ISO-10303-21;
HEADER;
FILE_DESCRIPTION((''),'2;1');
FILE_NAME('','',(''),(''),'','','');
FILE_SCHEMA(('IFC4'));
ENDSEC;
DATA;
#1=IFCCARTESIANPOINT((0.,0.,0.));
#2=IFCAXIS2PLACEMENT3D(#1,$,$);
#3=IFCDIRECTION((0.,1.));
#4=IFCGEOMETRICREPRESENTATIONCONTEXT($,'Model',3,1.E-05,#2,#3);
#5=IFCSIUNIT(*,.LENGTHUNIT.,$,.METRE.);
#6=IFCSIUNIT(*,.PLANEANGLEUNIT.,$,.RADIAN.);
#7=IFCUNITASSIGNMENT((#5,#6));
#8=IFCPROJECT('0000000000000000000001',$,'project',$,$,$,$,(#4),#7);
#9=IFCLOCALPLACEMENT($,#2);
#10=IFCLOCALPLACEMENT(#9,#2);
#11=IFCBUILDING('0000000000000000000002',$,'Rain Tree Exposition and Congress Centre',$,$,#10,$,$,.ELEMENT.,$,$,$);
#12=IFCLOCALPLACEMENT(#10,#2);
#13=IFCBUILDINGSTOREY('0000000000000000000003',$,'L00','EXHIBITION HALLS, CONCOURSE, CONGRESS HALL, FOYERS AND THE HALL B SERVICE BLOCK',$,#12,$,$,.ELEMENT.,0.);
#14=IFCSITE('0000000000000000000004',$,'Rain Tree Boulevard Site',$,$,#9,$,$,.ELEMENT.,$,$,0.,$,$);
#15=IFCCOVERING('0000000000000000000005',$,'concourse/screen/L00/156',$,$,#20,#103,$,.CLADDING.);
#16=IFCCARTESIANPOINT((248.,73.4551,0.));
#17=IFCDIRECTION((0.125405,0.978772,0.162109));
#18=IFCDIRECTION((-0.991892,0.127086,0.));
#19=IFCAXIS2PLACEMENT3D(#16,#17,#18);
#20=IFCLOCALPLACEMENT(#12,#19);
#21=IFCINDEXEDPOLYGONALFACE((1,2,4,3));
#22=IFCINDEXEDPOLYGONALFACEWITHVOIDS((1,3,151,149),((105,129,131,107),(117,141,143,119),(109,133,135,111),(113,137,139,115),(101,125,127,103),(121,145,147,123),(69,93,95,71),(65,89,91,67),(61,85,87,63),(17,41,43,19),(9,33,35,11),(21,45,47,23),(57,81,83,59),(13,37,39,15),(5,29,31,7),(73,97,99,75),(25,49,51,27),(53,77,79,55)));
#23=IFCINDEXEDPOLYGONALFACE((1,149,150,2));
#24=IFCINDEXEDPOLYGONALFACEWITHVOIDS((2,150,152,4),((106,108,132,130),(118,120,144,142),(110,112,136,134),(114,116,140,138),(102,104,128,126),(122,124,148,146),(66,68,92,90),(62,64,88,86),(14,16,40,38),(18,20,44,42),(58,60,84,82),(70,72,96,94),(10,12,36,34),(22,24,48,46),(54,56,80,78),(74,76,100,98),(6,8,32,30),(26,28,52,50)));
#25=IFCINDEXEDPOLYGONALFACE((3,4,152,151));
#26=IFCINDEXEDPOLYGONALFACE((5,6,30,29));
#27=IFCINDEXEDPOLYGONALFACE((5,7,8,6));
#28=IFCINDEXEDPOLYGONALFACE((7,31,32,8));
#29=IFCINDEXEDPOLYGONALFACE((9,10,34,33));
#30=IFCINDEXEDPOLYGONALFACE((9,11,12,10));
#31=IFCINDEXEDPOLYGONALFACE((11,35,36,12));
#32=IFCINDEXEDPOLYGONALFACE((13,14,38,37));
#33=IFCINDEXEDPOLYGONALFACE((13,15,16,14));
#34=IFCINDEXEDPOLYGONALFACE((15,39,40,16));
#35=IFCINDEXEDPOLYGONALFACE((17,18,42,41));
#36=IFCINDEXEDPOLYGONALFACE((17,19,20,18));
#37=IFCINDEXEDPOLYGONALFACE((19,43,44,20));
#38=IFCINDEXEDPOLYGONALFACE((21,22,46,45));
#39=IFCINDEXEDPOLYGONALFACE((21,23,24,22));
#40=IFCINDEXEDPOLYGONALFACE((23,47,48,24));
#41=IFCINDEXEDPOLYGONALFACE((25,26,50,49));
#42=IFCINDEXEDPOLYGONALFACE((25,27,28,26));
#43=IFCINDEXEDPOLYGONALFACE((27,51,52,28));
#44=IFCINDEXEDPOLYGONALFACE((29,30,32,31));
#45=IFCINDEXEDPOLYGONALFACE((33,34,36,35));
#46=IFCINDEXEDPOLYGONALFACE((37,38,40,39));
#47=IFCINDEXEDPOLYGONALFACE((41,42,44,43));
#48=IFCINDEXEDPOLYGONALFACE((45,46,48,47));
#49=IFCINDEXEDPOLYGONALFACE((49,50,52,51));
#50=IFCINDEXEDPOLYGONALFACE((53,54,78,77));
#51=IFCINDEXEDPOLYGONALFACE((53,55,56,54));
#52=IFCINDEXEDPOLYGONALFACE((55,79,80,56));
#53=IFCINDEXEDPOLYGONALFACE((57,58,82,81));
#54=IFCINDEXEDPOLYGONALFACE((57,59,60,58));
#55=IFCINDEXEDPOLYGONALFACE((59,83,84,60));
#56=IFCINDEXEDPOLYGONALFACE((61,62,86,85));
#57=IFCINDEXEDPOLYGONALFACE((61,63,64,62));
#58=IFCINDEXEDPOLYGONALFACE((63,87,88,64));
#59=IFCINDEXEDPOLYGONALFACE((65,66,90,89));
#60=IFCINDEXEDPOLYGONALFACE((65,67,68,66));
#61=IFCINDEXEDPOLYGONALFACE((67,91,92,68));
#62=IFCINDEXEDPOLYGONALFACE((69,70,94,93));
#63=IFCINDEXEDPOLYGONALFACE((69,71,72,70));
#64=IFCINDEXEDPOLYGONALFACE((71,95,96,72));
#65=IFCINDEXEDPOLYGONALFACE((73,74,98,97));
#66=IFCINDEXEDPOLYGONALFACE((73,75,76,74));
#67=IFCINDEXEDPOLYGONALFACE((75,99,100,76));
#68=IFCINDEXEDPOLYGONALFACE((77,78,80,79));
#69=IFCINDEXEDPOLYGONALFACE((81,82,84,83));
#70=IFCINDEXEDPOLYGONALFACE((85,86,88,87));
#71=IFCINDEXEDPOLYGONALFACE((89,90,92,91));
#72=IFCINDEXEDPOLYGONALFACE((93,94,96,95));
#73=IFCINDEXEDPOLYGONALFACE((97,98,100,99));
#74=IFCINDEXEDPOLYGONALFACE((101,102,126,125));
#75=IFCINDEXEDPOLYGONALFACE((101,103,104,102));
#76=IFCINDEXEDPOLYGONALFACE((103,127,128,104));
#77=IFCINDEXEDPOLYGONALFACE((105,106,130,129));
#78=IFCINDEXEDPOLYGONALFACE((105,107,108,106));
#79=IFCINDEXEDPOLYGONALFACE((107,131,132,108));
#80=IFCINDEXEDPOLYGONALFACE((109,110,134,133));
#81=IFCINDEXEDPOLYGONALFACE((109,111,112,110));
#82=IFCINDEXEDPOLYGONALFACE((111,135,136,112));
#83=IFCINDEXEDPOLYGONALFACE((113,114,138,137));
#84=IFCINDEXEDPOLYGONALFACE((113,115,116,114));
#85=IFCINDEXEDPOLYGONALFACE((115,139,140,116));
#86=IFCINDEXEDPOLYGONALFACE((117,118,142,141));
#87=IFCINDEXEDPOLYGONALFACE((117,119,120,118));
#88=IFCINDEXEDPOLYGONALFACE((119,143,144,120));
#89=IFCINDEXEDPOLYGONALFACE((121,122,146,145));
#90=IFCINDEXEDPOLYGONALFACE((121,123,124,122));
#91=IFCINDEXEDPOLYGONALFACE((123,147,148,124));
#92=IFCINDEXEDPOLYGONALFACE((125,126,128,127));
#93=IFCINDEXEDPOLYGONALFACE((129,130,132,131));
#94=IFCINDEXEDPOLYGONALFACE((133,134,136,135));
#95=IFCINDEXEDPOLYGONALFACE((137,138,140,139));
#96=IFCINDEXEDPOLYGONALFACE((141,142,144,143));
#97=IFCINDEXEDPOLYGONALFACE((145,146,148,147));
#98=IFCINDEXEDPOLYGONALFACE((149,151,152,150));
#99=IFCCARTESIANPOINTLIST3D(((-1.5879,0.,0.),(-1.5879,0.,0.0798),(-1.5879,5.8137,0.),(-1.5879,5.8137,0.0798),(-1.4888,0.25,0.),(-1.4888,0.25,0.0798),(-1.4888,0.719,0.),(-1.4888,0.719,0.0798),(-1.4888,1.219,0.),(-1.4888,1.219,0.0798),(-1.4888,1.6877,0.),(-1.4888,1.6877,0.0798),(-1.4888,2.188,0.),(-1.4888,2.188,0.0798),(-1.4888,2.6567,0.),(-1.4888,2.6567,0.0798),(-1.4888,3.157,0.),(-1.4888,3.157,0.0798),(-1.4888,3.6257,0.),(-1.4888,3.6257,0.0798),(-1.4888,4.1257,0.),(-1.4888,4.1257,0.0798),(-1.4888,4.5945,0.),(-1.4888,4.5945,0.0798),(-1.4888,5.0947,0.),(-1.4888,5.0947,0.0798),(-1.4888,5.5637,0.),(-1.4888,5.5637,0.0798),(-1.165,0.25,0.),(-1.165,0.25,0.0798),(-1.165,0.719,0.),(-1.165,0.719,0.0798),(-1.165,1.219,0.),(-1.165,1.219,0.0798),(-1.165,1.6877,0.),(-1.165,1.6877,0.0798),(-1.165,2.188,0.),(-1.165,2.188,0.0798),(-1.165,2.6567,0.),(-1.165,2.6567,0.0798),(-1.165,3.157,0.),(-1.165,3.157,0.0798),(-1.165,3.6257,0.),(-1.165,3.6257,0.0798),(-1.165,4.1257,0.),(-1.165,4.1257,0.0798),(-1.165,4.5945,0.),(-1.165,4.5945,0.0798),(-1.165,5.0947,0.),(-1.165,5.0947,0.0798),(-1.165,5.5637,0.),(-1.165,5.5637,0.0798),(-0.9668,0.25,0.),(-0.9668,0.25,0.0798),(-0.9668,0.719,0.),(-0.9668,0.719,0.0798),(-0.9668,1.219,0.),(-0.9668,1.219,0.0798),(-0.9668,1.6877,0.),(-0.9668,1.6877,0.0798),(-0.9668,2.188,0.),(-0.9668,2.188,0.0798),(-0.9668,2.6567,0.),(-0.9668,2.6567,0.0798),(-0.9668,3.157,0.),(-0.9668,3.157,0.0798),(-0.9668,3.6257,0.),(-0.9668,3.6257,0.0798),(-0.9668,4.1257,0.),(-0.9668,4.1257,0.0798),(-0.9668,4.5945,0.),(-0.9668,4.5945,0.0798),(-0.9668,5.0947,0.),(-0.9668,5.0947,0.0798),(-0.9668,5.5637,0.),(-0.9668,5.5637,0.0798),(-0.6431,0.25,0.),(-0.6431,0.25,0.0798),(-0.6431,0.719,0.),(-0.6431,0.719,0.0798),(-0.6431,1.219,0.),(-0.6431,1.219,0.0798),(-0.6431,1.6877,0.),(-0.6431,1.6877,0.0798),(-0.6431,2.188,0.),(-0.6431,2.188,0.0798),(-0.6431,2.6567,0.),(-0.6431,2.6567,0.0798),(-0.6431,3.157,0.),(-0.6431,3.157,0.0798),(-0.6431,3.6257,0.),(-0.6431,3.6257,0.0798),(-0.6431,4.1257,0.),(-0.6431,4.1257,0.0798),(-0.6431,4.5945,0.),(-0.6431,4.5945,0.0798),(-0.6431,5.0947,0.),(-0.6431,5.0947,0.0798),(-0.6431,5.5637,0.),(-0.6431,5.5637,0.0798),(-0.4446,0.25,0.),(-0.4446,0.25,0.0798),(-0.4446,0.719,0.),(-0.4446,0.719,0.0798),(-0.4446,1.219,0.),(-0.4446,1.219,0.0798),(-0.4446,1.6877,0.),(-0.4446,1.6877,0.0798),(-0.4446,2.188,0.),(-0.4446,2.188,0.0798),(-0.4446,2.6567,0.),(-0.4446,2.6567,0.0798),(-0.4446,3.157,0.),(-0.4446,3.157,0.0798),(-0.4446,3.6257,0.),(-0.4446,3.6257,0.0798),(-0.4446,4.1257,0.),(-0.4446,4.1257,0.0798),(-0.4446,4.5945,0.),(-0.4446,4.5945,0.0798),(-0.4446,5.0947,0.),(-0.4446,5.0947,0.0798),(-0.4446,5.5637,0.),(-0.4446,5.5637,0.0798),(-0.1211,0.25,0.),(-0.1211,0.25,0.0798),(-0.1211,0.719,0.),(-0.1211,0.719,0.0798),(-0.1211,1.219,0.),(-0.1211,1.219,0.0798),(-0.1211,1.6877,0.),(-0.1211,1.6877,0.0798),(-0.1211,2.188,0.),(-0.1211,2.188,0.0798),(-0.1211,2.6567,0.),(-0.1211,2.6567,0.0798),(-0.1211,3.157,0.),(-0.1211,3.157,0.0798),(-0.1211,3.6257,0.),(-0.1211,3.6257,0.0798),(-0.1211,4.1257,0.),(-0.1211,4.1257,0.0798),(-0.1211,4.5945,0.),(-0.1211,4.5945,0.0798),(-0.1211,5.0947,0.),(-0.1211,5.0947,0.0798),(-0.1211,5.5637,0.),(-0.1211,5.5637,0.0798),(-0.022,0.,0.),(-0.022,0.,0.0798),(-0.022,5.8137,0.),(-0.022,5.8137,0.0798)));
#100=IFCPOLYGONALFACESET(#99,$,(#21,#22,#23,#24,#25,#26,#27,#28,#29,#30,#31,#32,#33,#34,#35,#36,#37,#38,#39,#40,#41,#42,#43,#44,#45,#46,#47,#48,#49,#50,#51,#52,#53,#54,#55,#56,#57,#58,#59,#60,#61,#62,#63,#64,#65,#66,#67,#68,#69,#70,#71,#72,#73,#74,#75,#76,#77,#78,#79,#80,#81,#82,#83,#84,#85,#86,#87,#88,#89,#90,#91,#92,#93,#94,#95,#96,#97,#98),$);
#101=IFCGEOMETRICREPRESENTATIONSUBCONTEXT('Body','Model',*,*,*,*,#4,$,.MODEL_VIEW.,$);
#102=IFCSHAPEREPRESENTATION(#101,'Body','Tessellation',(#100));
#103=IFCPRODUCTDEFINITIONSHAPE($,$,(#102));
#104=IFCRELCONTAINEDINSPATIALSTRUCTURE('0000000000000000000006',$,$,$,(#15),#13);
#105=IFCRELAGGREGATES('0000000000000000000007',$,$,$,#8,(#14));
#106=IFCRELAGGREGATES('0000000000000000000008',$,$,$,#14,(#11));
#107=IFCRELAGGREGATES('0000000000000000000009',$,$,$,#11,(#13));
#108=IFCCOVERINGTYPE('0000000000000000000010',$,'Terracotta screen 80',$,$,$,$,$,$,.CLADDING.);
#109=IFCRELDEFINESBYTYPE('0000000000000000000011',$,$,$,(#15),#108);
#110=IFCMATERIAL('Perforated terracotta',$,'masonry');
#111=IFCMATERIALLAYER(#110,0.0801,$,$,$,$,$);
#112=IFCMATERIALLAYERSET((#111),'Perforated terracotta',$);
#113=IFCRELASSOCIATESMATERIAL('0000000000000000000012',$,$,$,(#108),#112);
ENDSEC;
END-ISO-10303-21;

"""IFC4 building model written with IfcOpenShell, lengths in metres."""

from ifc_helpers import new_model, si_unit, direction, frame, origin, place, context, subcontext, project, spatial, polyline, outline, extrude, material, layer, layer_set, type_object, element, save


model = new_model("IFC4")

# Units and contexts
model_context = context("Model", 3, precision=1e-05, world=origin(), true_north=direction((0.0, 1.0)))
body_context = subcontext(model_context, "Body", "Model", "MODEL_VIEW")
ifc_project = project(units=[si_unit("LENGTHUNIT", "METRE"), si_unit("PLANEANGLEUNIT", "RADIAN")], contexts=[model_context])

# Site, building, storey
site_placement = place(None, origin())
site = spatial("IfcSite", under=ifc_project, at=site_placement, Name="Rain Tree Boulevard Site", CompositionType="ELEMENT", RefElevation=0.0)
building_placement = place(site_placement, origin())
building = spatial("IfcBuilding", under=site, at=building_placement, Name="Rain Tree Exposition and Congress Centre", CompositionType="ELEMENT")
storey_placement = place(building_placement, origin())
storey = spatial("IfcBuildingStorey", under=building, at=storey_placement, Name="L00", Description="EXHIBITION HALLS, CONCOURSE, CONGRESS HALL, FOYERS AND THE HALL B SERVICE BLOCK", CompositionType="ELEMENT", Elevation=0.0)

# Covering
ifc_material_1 = material(Name="Perforated terracotta", Category="masonry")
ifc_layer_1 = layer(ifc_material_1, 0.0801)
ifc_layer_set_1 = layer_set([ifc_layer_1], Name="Perforated terracotta")
covering_type = type_object("IfcCoveringType", Name="Terracotta screen 80", PredefinedType="CLADDING", material=ifc_layer_set_1)
covering_1_placement = place(storey_placement, frame((248.0, 73.4551, 0.0), z_axis=(0.125405, 0.978772, 0.162109), x_axis=(-0.991892, 0.127086, 0.0)))
element("IfcCovering", 1, at=covering_1_placement, inside=storey, type_object=covering_type, Name="concourse/screen/L00/156", PredefinedType="CLADDING", context=body_context, shape_type="SweptSolid", body=[
    extrude(outline(polyline([(-0.022, 0.0), (-1.5879, 0.0), (-1.5879, 5.8137), (-0.022, 5.8137), (-0.022, 0.0)]), holes=[polyline([(-0.1211, 0.25), (-0.1211, 0.719), (-0.4446, 0.719), (-0.4446, 0.25), (-0.1211, 0.25)]), polyline([(-0.1211, 1.219), (-0.1211, 1.6877), (-0.4446, 1.6877), (-0.4446, 1.219), (-0.1211, 1.219)]), polyline([(-0.1211, 2.188), (-0.1211, 2.6567), (-0.4446, 2.6567), (-0.4446, 2.188), (-0.1211, 2.188)]), polyline([(-0.1211, 3.157), (-0.1211, 3.6257), (-0.4446, 3.6257), (-0.4446, 3.157), (-0.1211, 3.157)]), polyline([(-0.1211, 4.1257), (-0.1211, 4.5945), (-0.4446, 4.5945), (-0.4446, 4.1257), (-0.1211, 4.1257)]), polyline([(-0.1211, 5.0947), (-0.1211, 5.5637), (-0.4446, 5.5637), (-0.4446, 5.0947), (-0.1211, 5.0947)]), polyline([(-0.6431, 0.25), (-0.6431, 0.719), (-0.9668, 0.719), (-0.9668, 0.25), (-0.6431, 0.25)]), polyline([(-0.6431, 1.219), (-0.6431, 1.6877), (-0.9668, 1.6877), (-0.9668, 1.219), (-0.6431, 1.219)]), polyline([(-0.6431, 2.188), (-0.6431, 2.6567), (-0.9668, 2.6567), (-0.9668, 2.188), (-0.6431, 2.188)]), polyline([(-0.6431, 3.157), (-0.6431, 3.6257), (-0.9668, 3.6257), (-0.9668, 3.157), (-0.6431, 3.157)]), polyline([(-0.6431, 4.1257), (-0.6431, 4.5945), (-0.9668, 4.5945), (-0.9668, 4.1257), (-0.6431, 4.1257)]), polyline([(-0.6431, 5.0947), (-0.6431, 5.5637), (-0.9668, 5.5637), (-0.9668, 5.0947), (-0.6431, 5.0947)]), polyline([(-1.165, 0.25), (-1.165, 0.719), (-1.4888, 0.719), (-1.4888, 0.25), (-1.165, 0.25)]), polyline([(-1.165, 1.219), (-1.165, 1.6877), (-1.4888, 1.6877), (-1.4888, 1.219), (-1.165, 1.219)]), polyline([(-1.165, 2.188), (-1.165, 2.6567), (-1.4888, 2.6567), (-1.4888, 2.188), (-1.165, 2.188)]), polyline([(-1.165, 3.157), (-1.165, 3.6257), (-1.4888, 3.6257), (-1.4888, 3.157), (-1.165, 3.157)]), polyline([(-1.165, 4.1257), (-1.165, 4.5945), (-1.4888, 4.5945), (-1.4888, 4.1257), (-1.165, 4.1257)]), polyline([(-1.165, 5.0947), (-1.165, 5.5637), (-1.4888, 5.5637), (-1.4888, 5.0947), (-1.165, 5.0947)])]), origin(), (0.0, 0.0, 1.0), 0.0798),
])

save(model, "model.ifc")
